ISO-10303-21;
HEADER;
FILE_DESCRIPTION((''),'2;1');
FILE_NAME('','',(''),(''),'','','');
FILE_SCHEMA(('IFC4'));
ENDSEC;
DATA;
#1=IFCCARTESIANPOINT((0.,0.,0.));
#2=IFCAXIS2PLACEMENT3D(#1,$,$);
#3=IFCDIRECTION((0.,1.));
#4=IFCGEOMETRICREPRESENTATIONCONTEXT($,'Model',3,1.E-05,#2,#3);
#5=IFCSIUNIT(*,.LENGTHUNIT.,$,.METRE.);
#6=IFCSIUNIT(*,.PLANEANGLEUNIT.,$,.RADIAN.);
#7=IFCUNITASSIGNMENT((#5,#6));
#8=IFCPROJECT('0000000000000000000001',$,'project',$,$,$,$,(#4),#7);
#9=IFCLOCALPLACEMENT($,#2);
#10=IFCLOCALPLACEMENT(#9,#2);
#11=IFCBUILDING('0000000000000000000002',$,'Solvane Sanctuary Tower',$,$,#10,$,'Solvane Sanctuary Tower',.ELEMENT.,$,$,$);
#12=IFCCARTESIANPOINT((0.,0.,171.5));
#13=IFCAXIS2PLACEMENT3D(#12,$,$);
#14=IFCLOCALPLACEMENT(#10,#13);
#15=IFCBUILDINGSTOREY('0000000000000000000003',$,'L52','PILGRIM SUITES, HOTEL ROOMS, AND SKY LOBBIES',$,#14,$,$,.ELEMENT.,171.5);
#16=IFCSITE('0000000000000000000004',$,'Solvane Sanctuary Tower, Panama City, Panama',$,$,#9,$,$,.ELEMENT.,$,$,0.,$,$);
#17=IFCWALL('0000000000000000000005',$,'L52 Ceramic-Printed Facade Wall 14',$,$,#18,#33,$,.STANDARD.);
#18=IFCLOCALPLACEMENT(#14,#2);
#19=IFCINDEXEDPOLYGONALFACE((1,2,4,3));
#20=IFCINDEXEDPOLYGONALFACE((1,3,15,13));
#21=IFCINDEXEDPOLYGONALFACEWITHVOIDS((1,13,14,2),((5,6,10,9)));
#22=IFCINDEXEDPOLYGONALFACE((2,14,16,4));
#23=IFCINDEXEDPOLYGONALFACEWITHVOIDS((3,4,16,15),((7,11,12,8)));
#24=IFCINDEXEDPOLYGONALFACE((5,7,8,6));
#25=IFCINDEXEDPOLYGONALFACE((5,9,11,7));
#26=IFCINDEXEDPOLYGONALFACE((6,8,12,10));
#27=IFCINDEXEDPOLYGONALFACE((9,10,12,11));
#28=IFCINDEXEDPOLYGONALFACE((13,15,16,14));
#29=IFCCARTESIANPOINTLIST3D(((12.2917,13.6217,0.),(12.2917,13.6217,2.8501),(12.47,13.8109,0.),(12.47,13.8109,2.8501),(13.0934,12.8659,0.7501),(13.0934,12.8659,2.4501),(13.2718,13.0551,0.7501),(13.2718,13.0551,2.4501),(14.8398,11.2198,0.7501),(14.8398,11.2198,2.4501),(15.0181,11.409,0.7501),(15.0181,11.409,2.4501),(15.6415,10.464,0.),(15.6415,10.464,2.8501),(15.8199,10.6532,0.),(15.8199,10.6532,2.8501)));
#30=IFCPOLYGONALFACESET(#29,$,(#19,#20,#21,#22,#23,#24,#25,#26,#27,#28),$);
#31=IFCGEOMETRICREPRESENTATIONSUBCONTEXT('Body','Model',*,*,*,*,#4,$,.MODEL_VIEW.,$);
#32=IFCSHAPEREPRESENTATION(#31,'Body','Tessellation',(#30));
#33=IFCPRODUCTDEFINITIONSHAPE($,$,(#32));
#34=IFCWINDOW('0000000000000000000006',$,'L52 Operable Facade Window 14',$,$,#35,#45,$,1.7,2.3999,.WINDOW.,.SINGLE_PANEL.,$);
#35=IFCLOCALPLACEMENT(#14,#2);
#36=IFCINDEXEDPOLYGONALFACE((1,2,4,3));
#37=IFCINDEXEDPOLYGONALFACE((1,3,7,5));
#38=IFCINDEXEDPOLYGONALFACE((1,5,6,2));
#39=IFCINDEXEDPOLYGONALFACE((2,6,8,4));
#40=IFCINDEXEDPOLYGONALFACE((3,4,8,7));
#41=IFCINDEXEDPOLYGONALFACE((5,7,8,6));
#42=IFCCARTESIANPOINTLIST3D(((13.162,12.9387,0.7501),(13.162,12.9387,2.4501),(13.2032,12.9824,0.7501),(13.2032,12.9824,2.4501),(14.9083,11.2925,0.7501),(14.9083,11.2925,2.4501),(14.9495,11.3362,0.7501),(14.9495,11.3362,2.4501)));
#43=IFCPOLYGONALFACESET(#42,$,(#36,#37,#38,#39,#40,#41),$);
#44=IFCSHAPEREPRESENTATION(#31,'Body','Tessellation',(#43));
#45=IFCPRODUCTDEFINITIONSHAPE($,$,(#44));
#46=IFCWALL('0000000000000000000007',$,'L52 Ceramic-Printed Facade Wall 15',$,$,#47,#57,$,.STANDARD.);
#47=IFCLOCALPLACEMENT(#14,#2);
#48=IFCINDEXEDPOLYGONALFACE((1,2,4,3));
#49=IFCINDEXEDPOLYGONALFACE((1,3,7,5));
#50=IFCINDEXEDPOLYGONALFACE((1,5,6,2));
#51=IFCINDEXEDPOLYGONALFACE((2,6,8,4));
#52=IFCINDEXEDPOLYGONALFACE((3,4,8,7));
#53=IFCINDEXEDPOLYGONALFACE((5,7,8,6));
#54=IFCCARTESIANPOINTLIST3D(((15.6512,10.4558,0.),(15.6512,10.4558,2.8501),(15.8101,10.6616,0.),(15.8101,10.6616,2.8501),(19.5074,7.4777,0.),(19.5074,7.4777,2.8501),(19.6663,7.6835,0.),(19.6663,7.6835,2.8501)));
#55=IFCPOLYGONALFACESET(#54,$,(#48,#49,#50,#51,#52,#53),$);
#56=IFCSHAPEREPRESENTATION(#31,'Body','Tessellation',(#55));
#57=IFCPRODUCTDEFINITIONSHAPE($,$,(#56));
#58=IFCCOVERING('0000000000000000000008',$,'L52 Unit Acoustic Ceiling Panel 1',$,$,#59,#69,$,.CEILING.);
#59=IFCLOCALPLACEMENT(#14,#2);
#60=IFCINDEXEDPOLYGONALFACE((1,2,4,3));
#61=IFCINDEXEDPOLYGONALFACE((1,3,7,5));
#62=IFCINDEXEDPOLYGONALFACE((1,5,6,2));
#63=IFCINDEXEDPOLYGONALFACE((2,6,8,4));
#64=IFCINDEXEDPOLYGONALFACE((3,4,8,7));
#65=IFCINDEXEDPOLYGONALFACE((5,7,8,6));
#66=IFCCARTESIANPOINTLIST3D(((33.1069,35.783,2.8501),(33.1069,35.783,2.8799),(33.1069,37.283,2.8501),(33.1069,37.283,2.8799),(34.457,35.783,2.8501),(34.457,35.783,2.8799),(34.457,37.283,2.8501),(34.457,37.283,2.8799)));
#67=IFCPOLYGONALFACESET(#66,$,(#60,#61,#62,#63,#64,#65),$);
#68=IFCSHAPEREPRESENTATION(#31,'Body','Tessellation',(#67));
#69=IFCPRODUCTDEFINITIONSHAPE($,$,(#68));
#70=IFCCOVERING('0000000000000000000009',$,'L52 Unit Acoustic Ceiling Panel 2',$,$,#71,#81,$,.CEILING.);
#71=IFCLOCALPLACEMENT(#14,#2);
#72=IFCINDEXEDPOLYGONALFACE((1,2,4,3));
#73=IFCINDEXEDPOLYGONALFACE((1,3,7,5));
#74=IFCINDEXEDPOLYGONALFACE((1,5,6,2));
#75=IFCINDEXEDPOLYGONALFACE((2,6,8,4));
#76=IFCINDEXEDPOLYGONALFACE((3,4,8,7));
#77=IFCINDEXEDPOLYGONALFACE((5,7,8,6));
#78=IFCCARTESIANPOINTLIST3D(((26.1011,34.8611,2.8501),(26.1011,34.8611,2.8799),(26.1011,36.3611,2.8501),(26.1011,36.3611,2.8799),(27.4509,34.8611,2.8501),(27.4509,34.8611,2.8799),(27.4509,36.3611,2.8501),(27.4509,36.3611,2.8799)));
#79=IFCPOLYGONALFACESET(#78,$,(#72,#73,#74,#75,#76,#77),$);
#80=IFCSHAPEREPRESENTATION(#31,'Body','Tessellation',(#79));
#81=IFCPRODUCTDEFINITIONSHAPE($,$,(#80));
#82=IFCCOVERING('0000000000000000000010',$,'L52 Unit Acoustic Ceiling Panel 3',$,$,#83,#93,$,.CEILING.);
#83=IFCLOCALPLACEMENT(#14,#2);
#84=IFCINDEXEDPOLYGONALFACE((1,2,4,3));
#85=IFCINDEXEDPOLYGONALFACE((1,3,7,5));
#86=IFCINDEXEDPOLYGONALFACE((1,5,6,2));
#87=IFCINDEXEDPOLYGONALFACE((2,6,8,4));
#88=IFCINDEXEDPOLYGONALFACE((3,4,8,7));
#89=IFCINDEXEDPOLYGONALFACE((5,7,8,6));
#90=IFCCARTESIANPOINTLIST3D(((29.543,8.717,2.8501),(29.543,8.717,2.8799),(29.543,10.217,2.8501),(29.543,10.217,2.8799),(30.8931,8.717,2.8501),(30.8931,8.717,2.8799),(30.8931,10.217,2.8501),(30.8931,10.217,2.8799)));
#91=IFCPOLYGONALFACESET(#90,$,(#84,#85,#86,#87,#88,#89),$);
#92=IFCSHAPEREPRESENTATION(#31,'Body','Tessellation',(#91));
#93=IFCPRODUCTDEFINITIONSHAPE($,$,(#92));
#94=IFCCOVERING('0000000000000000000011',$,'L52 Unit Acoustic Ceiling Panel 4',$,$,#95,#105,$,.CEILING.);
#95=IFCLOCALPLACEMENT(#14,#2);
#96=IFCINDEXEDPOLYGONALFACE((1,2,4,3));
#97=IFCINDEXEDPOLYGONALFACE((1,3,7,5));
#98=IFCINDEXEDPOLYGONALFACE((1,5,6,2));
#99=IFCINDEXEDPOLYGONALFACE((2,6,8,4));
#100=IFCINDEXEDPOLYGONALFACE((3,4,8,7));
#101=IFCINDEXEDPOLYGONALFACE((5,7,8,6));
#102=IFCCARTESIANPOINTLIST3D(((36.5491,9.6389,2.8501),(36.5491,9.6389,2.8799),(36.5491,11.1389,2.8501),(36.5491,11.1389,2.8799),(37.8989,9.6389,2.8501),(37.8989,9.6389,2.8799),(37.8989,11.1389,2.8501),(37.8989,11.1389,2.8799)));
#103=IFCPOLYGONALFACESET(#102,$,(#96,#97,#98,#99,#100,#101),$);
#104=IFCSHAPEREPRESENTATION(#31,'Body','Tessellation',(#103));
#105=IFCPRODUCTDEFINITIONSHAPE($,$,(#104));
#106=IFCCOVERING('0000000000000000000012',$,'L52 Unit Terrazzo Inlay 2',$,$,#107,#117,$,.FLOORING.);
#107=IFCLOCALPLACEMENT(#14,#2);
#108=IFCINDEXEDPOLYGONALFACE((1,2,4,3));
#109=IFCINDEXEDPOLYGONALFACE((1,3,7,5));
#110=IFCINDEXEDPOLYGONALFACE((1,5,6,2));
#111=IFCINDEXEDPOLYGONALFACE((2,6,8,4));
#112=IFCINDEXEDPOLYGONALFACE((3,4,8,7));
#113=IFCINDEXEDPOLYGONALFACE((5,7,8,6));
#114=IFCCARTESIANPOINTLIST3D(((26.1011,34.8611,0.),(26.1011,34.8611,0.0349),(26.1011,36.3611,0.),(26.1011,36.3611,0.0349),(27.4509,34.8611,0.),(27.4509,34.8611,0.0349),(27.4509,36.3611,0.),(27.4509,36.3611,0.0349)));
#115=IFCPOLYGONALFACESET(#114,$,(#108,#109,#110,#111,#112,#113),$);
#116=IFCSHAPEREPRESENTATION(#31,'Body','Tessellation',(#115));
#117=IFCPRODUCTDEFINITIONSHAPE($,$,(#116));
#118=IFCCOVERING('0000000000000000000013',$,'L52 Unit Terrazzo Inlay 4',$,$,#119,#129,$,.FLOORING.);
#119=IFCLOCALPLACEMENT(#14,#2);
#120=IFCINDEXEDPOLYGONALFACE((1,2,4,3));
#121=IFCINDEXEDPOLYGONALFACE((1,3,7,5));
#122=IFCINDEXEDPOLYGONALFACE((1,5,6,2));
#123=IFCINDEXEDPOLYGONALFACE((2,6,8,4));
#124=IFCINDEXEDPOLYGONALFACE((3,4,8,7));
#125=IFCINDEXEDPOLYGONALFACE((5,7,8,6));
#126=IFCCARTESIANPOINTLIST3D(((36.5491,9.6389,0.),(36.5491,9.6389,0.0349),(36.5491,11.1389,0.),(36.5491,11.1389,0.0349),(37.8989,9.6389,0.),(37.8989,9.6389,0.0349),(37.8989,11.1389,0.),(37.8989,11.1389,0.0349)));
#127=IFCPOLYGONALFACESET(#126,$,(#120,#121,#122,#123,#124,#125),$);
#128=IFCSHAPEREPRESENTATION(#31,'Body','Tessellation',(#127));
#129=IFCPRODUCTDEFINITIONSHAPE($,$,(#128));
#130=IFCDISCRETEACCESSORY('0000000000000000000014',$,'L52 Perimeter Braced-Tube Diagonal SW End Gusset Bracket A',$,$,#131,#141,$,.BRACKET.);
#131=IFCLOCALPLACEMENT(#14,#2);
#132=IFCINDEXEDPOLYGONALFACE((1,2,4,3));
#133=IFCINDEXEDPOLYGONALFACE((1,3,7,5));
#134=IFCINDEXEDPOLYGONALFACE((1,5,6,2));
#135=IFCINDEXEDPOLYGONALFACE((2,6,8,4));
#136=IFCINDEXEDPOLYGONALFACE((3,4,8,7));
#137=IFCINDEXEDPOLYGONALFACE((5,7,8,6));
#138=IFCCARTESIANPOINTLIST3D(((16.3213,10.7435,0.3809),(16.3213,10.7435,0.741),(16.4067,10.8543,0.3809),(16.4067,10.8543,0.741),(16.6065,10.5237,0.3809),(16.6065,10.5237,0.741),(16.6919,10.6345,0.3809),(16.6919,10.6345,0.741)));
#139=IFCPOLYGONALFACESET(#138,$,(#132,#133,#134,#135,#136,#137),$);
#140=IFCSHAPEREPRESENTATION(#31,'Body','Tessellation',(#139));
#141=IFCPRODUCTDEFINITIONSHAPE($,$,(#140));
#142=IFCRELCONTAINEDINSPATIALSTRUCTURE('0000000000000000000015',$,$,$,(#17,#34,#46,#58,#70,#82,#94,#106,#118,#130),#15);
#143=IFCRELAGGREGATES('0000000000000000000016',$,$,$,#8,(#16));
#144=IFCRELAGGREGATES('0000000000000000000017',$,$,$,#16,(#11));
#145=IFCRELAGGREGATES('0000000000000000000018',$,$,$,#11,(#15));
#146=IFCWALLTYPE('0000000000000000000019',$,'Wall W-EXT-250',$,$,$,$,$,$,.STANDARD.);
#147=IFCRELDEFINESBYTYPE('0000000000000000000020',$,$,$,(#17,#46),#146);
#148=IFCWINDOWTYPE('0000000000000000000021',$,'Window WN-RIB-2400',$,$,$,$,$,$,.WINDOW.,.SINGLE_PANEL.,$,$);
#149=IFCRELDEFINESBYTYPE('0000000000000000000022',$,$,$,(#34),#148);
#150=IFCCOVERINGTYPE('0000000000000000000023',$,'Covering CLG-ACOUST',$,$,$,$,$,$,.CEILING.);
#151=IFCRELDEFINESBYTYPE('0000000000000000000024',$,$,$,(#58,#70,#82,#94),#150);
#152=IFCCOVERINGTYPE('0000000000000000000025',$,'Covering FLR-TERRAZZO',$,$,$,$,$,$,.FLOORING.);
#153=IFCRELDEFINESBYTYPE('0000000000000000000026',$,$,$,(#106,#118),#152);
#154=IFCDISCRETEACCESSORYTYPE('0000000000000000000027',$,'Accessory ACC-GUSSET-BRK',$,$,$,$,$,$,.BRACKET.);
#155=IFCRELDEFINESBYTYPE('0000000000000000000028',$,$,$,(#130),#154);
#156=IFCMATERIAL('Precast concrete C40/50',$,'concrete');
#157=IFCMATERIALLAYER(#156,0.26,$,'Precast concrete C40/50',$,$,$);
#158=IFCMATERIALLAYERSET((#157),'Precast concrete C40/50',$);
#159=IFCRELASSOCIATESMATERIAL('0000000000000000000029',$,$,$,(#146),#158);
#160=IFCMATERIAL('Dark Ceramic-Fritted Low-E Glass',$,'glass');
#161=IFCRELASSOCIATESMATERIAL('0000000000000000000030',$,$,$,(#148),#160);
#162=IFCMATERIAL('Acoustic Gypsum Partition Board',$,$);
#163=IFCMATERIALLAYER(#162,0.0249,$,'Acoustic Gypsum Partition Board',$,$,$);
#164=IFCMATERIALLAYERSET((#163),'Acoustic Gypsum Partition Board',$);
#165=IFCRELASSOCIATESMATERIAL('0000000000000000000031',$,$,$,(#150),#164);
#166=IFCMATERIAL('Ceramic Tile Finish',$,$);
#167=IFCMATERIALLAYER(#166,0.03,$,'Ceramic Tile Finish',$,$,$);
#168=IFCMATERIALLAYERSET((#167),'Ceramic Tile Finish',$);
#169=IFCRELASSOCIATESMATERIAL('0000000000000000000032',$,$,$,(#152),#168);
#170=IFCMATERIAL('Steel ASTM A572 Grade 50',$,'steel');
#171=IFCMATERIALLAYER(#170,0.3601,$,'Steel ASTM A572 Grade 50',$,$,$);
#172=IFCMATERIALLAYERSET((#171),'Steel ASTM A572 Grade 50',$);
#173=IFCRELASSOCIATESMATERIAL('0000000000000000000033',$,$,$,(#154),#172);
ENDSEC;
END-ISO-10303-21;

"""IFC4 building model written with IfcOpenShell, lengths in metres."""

from ifc_helpers import new_model, si_unit, direction, frame, frame_2d, origin, origin_2d, place, context, subcontext, project, spatial, polyline, rectangle, outline, extrude, material, layer, layer_set, type_object, element, fill, save


model = new_model("IFC4")

# Units and contexts
model_context = context("Model", 3, precision=1e-05, world=origin(), true_north=direction((0.0, 1.0)))
body_context = subcontext(model_context, "Body", "Model", "MODEL_VIEW")
ifc_project = project(units=[si_unit("LENGTHUNIT", "METRE"), si_unit("PLANEANGLEUNIT", "RADIAN")], contexts=[model_context])

# Site, building, storey
site_placement = place(None, origin())
site = spatial("IfcSite", under=ifc_project, at=site_placement, Name="Solvane Sanctuary Tower, Panama City, Panama", CompositionType="ELEMENT", RefElevation=0.0)
building_placement = place(site_placement, origin())
building = spatial("IfcBuilding", under=site, at=building_placement, Name="Solvane Sanctuary Tower", LongName="Solvane Sanctuary Tower", CompositionType="ELEMENT")
storey_placement = place(building_placement, frame((0.0, 0.0, 171.5)))
storey = spatial("IfcBuildingStorey", under=building, at=storey_placement, Name="L52", Description="PILGRIM SUITES, HOTEL ROOMS, AND SKY LOBBIES", CompositionType="ELEMENT", Elevation=171.5)

# Shared definitions
ifc_material_1 = material(Name="Acoustic Gypsum Partition Board")

# Wall, opening, window
ifc_material_2 = material(Name="Precast concrete C40/50", Category="concrete")
ifc_layer_1 = layer(ifc_material_2, 0.26, Name="Precast concrete C40/50")
ifc_layer_set_1 = layer_set([ifc_layer_1], Name="Precast concrete C40/50")
wall_type_1 = type_object("IfcWallType", Name="Wall W-EXT-250", PredefinedType="STANDARD", material=ifc_layer_set_1)
wall_1_placement = place(storey_placement, frame((12.3809, 13.7163, 0.0), z_axis=(0.0, 0.0, 1.0), x_axis=(0.727667, -0.68593, 0.0)))
wall_1 = element("IfcWall", 1, at=wall_1_placement, inside=storey, type_object=wall_type_1, Name="L52 Ceramic-Printed Facade Wall 14", PredefinedType="STANDARD", context=body_context, shape_type="SweptSolid", body=[
    extrude(rectangle(XDim=4.6035, YDim=0.26, at=frame_2d((2.3018, 0.0))), origin(), (0.0, 0.0, 1.0), 2.8501),
])
opening_1_placement = place(wall_1_placement, frame((1.1018, 0.0, 0.75)))
opening_1 = element("IfcOpeningElement", 2, at=opening_1_placement, cuts=wall_1, PredefinedType="OPENING", context=body_context, shape_type="SweptSolid", body=[
    extrude(rectangle(XDim=2.3999, YDim=1.7, at=frame_2d((1.2, 0.8501))), frame((0.0, 0.1399, 0.0), z_axis=(0.0, -1.0, 0.0), x_axis=(1.0, 0.0, 0.0)), (0.0, 0.0, 1.0), 0.28),
])
ifc_material_3 = material(Name="Dark Ceramic-Fritted Low-E Glass", Category="glass")
window_type = type_object("IfcWindowType", Name="Window WN-RIB-2400", PartitioningType="SINGLE_PANEL", PredefinedType="WINDOW", material=ifc_material_3)
window_placement = place(opening_1_placement, origin())
window = element("IfcWindow", 3, at=window_placement, inside=storey, type_object=window_type, Name="L52 Operable Facade Window 14", OverallHeight=1.7, OverallWidth=2.3999, PartitioningType="SINGLE_PANEL", PredefinedType="WINDOW", context=body_context, shape_type="SweptSolid", body=[
    extrude(rectangle(XDim=2.3999, YDim=1.7, at=frame_2d((1.2, 0.8501))), frame((0.0, 0.03, 0.0), z_axis=(0.0, -1.0, 0.0), x_axis=(1.0, 0.0, 0.0)), (0.0, 0.0, 1.0), 0.0601),
])
fill(opening_1, window)

# Wall
wall_2_placement = place(storey_placement, frame((15.7307, 10.5586, 0.0), z_axis=(0.0, 0.0, 1.0), x_axis=(0.79146, -0.611221, 0.0)))
element("IfcWall", 4, at=wall_2_placement, inside=storey, type_object=wall_type_1, Name="L52 Ceramic-Printed Facade Wall 15", PredefinedType="STANDARD", context=body_context, shape_type="SweptSolid", body=[
    extrude(rectangle(XDim=4.8723, YDim=0.26, at=frame_2d((2.436, 0.0))), origin(), (0.0, 0.0, 1.0), 2.8501),
])

# Coverings
ifc_layer_2 = layer(ifc_material_1, 0.0249, Name="Acoustic Gypsum Partition Board")
ifc_layer_set_2 = layer_set([ifc_layer_2], Name="Acoustic Gypsum Partition Board")
covering_type_1 = type_object("IfcCoveringType", Name="Covering CLG-ACOUST", PredefinedType="CEILING", material=ifc_layer_set_2)
covering_1_placement = place(storey_placement, frame((0.0, 0.0, 2.8501)))
element("IfcCovering", 5, at=covering_1_placement, inside=storey, type_object=covering_type_1, Name="L52 Unit Acoustic Ceiling Panel 1", PredefinedType="CEILING", context=body_context, shape_type="SweptSolid", body=[
    extrude(outline(polyline([(33.1069, 35.783), (34.457, 35.783), (34.457, 37.283), (33.1069, 37.283), (33.1069, 35.783)])), origin(), (0.0, 0.0, 1.0), 0.0298),
])
covering_2_placement = place(storey_placement, frame((0.0, 0.0, 2.8501)))
element("IfcCovering", 6, at=covering_2_placement, inside=storey, type_object=covering_type_1, Name="L52 Unit Acoustic Ceiling Panel 2", PredefinedType="CEILING", context=body_context, shape_type="SweptSolid", body=[
    extrude(outline(polyline([(26.1011, 34.8611), (27.4509, 34.8611), (27.4509, 36.3611), (26.1011, 36.3611), (26.1011, 34.8611)])), origin(), (0.0, 0.0, 1.0), 0.0298),
])
covering_3_placement = place(storey_placement, frame((0.0, 0.0, 2.8501)))
element("IfcCovering", 7, at=covering_3_placement, inside=storey, type_object=covering_type_1, Name="L52 Unit Acoustic Ceiling Panel 3", PredefinedType="CEILING", context=body_context, shape_type="SweptSolid", body=[
    extrude(outline(polyline([(29.543, 8.717), (30.8931, 8.717), (30.8931, 10.217), (29.543, 10.217), (29.543, 8.717)])), origin(), (0.0, 0.0, 1.0), 0.0298),
])
covering_4_placement = place(storey_placement, frame((0.0, 0.0, 2.8501)))
element("IfcCovering", 8, at=covering_4_placement, inside=storey, type_object=covering_type_1, Name="L52 Unit Acoustic Ceiling Panel 4", PredefinedType="CEILING", context=body_context, shape_type="SweptSolid", body=[
    extrude(outline(polyline([(36.5491, 9.6389), (37.8989, 9.6389), (37.8989, 11.1389), (36.5491, 11.1389), (36.5491, 9.6389)])), origin(), (0.0, 0.0, 1.0), 0.0298),
])
ifc_material_4 = material(Name="Ceramic Tile Finish")
ifc_layer_3 = layer(ifc_material_4, 0.03, Name="Ceramic Tile Finish")
ifc_layer_set_3 = layer_set([ifc_layer_3], Name="Ceramic Tile Finish")
covering_type_2 = type_object("IfcCoveringType", Name="Covering FLR-TERRAZZO", PredefinedType="FLOORING", material=ifc_layer_set_3)
covering_5_placement = place(storey_placement, origin())
element("IfcCovering", 9, at=covering_5_placement, inside=storey, type_object=covering_type_2, Name="L52 Unit Terrazzo Inlay 2", PredefinedType="FLOORING", context=body_context, shape_type="SweptSolid", body=[
    extrude(outline(polyline([(26.1011, 34.8611), (27.4509, 34.8611), (27.4509, 36.3611), (26.1011, 36.3611), (26.1011, 34.8611)])), origin(), (0.0, 0.0, 1.0), 0.0349),
])
covering_6_placement = place(storey_placement, origin())
element("IfcCovering", 10, at=covering_6_placement, inside=storey, type_object=covering_type_2, Name="L52 Unit Terrazzo Inlay 4", PredefinedType="FLOORING", context=body_context, shape_type="SweptSolid", body=[
    extrude(outline(polyline([(36.5491, 9.6389), (37.8989, 9.6389), (37.8989, 11.1389), (36.5491, 11.1389), (36.5491, 9.6389)])), origin(), (0.0, 0.0, 1.0), 0.0349),
])

# Discrete accessory
ifc_material_5 = material(Name="Steel ASTM A572 Grade 50", Category="steel")
ifc_layer_4 = layer(ifc_material_5, 0.3601, Name="Steel ASTM A572 Grade 50")
ifc_layer_set_4 = layer_set([ifc_layer_4], Name="Steel ASTM A572 Grade 50")
discrete_accessory_type = type_object("IfcDiscreteAccessoryType", Name="Accessory ACC-GUSSET-BRK", PredefinedType="BRACKET", material=ifc_layer_set_4)
discrete_accessory_placement = place(storey_placement, frame((16.5066, 10.689, 0.3809), z_axis=(0.0, 0.0, 1.0), x_axis=(0.792077, -0.610422, 0.0)))
element("IfcDiscreteAccessory", 11, at=discrete_accessory_placement, inside=storey, type_object=discrete_accessory_type, Name="L52 Perimeter Braced-Tube Diagonal SW End Gusset Bracket A", PredefinedType="BRACKET", context=body_context, shape_type="SweptSolid", body=[
    extrude(rectangle(XDim=0.3601, YDim=0.1399, at=origin_2d()), origin(), (0.0, 0.0, 1.0), 0.3601),
])

save(model, "model.ifc")
